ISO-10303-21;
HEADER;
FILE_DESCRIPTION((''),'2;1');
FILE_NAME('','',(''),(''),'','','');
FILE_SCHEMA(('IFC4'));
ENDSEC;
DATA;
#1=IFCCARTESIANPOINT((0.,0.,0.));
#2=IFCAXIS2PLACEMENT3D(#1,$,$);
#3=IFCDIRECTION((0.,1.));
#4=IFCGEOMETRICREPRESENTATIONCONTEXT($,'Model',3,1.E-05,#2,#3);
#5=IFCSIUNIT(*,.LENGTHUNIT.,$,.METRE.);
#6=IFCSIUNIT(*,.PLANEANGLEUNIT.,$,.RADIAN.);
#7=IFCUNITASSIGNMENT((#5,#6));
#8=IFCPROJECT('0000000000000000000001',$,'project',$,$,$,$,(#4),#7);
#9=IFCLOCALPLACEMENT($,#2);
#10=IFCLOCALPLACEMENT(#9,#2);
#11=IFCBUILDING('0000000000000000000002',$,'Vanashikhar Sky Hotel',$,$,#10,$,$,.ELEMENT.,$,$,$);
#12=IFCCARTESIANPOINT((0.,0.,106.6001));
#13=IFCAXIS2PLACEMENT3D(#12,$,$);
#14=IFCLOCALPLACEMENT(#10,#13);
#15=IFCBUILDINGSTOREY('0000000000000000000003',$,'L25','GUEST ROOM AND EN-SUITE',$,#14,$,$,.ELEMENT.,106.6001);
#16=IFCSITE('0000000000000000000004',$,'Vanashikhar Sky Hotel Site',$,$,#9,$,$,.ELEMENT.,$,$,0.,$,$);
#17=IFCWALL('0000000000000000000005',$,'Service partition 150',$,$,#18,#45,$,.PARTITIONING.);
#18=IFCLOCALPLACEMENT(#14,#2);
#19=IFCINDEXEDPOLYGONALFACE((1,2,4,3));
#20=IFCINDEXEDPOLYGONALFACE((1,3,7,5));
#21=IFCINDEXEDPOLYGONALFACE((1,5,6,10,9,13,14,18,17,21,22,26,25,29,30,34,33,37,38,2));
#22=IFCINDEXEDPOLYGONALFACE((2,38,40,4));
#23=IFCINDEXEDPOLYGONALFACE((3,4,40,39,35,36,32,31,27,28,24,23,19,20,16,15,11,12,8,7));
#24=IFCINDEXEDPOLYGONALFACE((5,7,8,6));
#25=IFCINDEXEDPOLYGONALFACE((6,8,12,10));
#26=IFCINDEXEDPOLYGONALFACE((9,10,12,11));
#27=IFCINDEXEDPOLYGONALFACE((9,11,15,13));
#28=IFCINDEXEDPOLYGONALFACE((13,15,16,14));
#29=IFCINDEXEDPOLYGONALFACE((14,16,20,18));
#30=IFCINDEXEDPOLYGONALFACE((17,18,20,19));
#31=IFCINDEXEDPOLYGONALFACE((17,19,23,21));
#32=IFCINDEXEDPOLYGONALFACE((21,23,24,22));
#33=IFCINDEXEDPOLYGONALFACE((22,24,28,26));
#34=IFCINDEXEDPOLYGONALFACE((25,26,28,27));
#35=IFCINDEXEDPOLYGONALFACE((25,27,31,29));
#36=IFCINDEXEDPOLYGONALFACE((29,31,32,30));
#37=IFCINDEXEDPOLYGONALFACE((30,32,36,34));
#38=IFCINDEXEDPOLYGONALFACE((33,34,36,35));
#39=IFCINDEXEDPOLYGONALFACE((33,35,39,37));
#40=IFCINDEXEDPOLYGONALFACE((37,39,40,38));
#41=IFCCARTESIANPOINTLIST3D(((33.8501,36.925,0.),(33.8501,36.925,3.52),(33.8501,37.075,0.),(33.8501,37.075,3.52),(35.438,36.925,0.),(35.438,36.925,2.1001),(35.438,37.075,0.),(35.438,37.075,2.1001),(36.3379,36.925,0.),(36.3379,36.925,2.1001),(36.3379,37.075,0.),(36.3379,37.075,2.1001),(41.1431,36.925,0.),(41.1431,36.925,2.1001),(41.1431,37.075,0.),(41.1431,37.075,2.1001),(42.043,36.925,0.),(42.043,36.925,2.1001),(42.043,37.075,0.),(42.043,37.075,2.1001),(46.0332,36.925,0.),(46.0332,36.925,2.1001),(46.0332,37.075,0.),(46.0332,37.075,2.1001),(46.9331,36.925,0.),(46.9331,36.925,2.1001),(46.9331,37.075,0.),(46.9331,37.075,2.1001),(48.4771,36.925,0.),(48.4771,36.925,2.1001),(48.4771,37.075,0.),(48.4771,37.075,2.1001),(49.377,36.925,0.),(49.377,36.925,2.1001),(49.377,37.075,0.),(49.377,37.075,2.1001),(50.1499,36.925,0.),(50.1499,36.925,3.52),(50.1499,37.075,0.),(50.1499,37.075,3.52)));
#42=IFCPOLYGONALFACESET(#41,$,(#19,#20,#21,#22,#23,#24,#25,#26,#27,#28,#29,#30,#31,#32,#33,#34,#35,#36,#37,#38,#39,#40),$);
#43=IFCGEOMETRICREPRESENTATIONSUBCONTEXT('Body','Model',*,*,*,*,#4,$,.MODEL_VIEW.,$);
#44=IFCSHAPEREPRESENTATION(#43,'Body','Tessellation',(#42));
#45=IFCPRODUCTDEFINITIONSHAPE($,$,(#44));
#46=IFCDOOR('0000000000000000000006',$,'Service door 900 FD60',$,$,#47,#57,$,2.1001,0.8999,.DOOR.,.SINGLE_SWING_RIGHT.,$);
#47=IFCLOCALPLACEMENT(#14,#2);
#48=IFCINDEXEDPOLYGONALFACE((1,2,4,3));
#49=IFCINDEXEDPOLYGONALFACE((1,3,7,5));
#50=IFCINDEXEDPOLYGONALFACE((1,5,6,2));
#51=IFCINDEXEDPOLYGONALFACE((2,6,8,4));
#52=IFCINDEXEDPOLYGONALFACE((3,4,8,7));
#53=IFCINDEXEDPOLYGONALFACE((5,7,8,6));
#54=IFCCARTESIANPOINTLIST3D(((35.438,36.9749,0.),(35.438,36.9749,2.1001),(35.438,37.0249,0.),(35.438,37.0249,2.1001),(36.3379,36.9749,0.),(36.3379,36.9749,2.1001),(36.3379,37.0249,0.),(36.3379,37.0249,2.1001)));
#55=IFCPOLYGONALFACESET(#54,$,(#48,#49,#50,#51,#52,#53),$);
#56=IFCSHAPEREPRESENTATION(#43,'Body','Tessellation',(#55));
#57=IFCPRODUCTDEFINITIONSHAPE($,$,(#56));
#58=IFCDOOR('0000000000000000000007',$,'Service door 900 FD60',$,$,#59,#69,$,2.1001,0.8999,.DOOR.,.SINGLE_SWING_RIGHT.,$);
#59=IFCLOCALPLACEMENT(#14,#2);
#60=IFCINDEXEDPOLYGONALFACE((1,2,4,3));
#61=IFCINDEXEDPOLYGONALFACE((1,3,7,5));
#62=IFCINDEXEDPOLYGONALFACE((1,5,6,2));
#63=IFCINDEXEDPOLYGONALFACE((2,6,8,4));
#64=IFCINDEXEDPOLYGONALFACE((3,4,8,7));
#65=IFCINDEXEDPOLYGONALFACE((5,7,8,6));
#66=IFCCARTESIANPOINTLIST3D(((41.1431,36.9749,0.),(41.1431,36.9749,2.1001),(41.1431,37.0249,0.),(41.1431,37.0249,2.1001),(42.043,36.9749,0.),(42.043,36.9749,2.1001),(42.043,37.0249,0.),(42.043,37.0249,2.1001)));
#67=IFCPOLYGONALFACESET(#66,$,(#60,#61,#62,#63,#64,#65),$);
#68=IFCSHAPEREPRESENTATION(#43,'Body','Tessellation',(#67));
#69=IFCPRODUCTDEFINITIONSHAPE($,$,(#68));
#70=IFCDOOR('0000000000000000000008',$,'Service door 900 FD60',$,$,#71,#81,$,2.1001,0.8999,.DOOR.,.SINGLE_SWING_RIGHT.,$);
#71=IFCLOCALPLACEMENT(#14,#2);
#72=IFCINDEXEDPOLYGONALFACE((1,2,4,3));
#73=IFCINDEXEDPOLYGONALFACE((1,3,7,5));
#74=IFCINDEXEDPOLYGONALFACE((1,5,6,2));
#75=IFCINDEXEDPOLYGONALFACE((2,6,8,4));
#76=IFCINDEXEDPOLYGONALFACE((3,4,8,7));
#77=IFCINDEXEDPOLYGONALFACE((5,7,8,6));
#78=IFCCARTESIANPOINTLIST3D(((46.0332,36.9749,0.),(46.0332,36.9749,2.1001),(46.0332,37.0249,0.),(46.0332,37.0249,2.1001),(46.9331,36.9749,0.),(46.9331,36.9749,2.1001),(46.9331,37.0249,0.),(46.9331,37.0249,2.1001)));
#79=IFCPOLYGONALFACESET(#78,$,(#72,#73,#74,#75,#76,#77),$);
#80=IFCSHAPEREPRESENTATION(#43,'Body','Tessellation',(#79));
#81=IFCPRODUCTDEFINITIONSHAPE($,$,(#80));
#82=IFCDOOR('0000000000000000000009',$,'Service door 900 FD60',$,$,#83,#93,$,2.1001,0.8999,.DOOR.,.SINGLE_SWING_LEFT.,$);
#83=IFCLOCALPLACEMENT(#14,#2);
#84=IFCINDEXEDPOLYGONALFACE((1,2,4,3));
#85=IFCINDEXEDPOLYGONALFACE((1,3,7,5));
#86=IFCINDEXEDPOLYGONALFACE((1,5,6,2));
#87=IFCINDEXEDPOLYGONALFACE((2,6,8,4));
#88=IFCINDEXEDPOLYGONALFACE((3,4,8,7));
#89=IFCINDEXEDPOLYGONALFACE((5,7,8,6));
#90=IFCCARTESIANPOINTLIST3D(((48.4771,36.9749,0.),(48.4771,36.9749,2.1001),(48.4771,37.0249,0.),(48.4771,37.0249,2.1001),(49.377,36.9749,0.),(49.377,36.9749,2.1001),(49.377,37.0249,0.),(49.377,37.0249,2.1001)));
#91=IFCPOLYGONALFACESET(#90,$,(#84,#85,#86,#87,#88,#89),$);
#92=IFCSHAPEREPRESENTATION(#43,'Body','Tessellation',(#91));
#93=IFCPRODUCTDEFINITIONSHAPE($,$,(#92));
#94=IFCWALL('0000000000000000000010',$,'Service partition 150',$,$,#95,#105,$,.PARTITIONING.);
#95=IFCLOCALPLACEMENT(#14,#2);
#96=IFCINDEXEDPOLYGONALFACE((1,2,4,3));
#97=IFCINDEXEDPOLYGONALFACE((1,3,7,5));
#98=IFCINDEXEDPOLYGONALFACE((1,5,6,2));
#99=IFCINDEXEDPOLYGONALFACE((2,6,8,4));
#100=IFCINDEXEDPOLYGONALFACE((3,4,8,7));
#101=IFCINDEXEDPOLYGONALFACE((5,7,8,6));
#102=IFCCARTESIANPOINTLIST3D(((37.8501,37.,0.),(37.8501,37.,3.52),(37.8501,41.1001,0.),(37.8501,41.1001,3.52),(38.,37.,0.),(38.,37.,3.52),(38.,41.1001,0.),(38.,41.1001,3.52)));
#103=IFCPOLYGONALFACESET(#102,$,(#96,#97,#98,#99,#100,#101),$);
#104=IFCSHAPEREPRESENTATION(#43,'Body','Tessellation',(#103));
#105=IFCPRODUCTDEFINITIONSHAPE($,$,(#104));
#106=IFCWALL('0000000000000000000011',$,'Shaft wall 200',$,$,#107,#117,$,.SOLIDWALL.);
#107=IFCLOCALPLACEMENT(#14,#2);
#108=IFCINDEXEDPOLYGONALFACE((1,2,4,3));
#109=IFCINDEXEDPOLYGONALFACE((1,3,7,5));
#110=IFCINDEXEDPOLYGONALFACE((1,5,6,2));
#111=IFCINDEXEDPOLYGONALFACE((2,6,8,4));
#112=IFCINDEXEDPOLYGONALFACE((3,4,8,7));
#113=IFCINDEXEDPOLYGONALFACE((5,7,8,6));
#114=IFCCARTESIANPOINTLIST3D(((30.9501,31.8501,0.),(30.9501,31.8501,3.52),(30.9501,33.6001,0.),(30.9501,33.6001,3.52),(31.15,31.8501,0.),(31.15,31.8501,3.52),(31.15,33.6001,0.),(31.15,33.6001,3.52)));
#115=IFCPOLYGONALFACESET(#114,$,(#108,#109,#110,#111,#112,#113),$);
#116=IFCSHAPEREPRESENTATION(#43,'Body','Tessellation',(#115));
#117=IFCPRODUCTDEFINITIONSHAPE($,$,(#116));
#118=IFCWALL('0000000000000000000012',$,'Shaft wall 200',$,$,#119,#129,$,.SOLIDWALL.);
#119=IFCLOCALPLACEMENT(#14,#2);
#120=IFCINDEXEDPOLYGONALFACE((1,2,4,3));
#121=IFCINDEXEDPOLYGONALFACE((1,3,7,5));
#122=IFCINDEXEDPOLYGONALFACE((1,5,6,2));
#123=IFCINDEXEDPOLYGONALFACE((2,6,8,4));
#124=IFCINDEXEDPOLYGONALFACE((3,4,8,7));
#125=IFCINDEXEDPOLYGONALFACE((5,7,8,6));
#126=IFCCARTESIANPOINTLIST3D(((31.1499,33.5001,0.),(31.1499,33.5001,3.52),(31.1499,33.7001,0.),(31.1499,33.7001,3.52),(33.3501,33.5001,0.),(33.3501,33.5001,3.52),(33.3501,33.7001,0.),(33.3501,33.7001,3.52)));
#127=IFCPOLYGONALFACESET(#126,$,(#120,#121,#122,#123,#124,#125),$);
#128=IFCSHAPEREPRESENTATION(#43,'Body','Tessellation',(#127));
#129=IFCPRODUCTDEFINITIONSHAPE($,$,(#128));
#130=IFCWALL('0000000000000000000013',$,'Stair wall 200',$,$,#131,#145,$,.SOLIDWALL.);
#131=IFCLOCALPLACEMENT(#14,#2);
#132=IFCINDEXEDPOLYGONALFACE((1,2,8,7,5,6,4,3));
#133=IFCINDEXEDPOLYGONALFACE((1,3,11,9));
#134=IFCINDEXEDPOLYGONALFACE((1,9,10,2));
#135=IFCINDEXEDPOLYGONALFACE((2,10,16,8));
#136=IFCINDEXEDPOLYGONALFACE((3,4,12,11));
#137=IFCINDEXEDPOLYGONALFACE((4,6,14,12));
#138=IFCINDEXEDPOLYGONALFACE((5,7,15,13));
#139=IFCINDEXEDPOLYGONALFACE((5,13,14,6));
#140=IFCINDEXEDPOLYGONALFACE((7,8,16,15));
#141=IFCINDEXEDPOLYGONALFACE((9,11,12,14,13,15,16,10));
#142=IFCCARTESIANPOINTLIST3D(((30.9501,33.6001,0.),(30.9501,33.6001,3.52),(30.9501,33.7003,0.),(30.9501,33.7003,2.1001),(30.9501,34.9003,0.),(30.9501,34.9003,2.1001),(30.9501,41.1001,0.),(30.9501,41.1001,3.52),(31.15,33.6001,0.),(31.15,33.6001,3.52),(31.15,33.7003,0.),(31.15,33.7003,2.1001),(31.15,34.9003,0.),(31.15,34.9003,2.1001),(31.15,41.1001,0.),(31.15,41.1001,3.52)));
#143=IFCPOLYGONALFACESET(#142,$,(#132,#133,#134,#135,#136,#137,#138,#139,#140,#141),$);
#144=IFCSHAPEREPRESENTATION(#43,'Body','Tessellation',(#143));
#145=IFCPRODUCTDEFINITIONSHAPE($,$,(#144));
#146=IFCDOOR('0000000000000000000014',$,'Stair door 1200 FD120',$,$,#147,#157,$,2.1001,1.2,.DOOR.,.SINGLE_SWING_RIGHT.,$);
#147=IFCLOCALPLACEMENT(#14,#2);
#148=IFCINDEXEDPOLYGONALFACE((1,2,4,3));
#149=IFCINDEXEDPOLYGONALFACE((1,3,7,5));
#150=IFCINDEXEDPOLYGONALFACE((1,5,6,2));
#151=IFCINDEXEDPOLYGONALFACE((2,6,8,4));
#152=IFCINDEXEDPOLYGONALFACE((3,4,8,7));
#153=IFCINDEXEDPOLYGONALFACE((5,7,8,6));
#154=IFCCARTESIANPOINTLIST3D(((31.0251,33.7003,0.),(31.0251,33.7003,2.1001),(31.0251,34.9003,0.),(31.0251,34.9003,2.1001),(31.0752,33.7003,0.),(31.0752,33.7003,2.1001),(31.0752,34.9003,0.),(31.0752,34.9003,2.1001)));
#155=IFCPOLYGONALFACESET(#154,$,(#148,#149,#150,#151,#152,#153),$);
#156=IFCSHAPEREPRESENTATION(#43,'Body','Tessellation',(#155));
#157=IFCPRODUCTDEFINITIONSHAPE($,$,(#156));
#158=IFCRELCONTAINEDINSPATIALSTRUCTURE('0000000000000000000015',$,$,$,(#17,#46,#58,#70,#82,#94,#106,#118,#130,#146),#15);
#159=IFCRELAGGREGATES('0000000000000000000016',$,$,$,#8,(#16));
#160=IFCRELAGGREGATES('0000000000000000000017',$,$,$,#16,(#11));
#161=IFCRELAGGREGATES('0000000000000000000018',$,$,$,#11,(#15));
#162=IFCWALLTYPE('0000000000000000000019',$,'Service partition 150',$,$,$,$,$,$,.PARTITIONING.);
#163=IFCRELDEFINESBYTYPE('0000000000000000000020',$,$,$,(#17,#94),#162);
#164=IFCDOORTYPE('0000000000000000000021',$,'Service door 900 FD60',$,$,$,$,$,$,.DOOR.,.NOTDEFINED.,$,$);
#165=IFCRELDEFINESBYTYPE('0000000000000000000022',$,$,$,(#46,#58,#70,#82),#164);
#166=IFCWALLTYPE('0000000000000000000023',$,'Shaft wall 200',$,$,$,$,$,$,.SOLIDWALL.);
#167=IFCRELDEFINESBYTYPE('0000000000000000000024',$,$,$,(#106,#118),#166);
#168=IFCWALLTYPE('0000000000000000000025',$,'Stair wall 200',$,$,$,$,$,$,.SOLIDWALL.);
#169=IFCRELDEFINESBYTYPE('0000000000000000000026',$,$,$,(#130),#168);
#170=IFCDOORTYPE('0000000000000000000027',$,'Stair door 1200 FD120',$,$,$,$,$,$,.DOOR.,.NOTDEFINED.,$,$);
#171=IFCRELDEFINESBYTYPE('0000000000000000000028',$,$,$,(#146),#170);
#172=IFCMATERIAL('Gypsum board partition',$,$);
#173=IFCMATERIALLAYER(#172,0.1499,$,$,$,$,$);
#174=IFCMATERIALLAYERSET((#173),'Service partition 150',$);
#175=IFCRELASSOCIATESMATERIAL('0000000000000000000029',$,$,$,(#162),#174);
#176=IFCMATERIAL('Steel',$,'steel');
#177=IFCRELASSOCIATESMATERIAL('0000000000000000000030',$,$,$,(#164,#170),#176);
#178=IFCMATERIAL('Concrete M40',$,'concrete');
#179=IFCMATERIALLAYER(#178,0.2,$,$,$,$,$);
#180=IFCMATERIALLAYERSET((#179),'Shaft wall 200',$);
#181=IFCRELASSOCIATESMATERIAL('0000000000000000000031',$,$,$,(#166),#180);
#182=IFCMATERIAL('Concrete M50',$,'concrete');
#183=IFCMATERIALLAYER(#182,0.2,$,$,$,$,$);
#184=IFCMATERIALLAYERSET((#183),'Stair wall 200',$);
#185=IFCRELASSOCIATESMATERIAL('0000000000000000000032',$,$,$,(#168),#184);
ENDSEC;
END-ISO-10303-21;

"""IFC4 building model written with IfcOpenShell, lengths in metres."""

from ifc_helpers import new_model, si_unit, direction, frame, frame_2d, origin, place, context, subcontext, project, spatial, rectangle, extrude, source, transform, mapped, material, layer, layer_set, type_object, element, fill, save


model = new_model("IFC4")

# Units and contexts
model_context = context("Model", 3, precision=1e-05, world=origin(), true_north=direction((0.0, 1.0)))
body_context = subcontext(model_context, "Body", "Model", "MODEL_VIEW")
ifc_project = project(units=[si_unit("LENGTHUNIT", "METRE"), si_unit("PLANEANGLEUNIT", "RADIAN")], contexts=[model_context])

# Site, building, storey
site_placement = place(None, origin())
site = spatial("IfcSite", under=ifc_project, at=site_placement, Name="Vanashikhar Sky Hotel Site", CompositionType="ELEMENT", RefElevation=0.0)
building_placement = place(site_placement, origin())
building = spatial("IfcBuilding", under=site, at=building_placement, Name="Vanashikhar Sky Hotel", CompositionType="ELEMENT")
storey_placement = place(building_placement, frame((0.0, 0.0, 106.6001)))
storey = spatial("IfcBuildingStorey", under=building, at=storey_placement, Name="L25", Description="GUEST ROOM AND EN-SUITE", CompositionType="ELEMENT", Elevation=106.6001)

# Shared definitions
ifc_material_1 = material(Name="Steel", Category="steel")

# Shared definitions
ifc_material_2 = material(Name="Gypsum board partition")
ifc_layer_1 = layer(ifc_material_2, 0.1499)
ifc_layer_set_1 = layer_set([ifc_layer_1], Name="Service partition 150")
wall_type_1 = type_object("IfcWallType", Name="Service partition 150", PredefinedType="PARTITIONING", material=ifc_layer_set_1)

# Wall, openings, doors
shared_shape_1 = source(origin(), body_context, "Body", "SweptSolid", [
    extrude(rectangle(XDim=0.8999, YDim=2.1001, at=frame_2d((0.45, 1.05))), frame((0.0, 0.085, 0.0), z_axis=(0.0, -1.0, 0.0), x_axis=(1.0, 0.0, 0.0)), (0.0, 0.0, 1.0), 0.1699),
])
door_type_1 = type_object("IfcDoorType", Name="Service door 900 FD60", OperationType="NOTDEFINED", PredefinedType="DOOR", material=ifc_material_1)
shared_shape_2 = source(origin(), body_context, "Body", "SweptSolid", [
    extrude(rectangle(XDim=0.8999, YDim=2.1001, at=frame_2d((0.45, 1.05))), frame((0.0, 0.0249, 0.0), z_axis=(0.0, -1.0, 0.0), x_axis=(1.0, 0.0, 0.0)), (0.0, 0.0, 1.0), 0.05),
])
shared_shape_3 = source(origin(), body_context, "Body", "SweptSolid", [
    extrude(rectangle(XDim=16.2998, YDim=0.1499, at=frame_2d((8.1499, 0.0))), origin(), (0.0, 0.0, 1.0), 3.52),
])
wall_1_placement = place(storey_placement, frame((33.8501, 37.0, 0.0), z_axis=(0.0, 0.0, 1.0), x_axis=(1.0, 0.0, 0.0)))
wall_1 = element("IfcWall", 1, at=wall_1_placement, inside=storey, type_object=wall_type_1, Name="Service partition 150", PredefinedType="PARTITIONING", context=body_context, shape_type="MappedRepresentation", body=[
    mapped(shared_shape_3, transform((0.0, 0.0, 0.0), scale=1.0)),
])
opening_1_placement = place(wall_1_placement, frame((1.5879, 0.0, 0.0)))
opening_1 = element("IfcOpeningElement", 2, at=opening_1_placement, cuts=wall_1, PredefinedType="OPENING", context=body_context, shape_type="MappedRepresentation", body=[
    mapped(shared_shape_1, transform((0.0, 0.0, 0.0), scale=1.0)),
])
opening_2_placement = place(wall_1_placement, frame((7.293, 0.0, 0.0)))
opening_2 = element("IfcOpeningElement", 3, at=opening_2_placement, cuts=wall_1, PredefinedType="OPENING", context=body_context, shape_type="MappedRepresentation", body=[
    mapped(shared_shape_1, transform((0.0, 0.0, 0.0), scale=1.0)),
])
opening_3_placement = place(wall_1_placement, frame((12.1831, 0.0, 0.0)))
opening_3 = element("IfcOpeningElement", 4, at=opening_3_placement, cuts=wall_1, PredefinedType="OPENING", context=body_context, shape_type="MappedRepresentation", body=[
    mapped(shared_shape_1, transform((0.0, 0.0, 0.0), scale=1.0)),
])
opening_4_placement = place(wall_1_placement, frame((14.627, 0.0, 0.0)))
opening_4 = element("IfcOpeningElement", 5, at=opening_4_placement, cuts=wall_1, PredefinedType="OPENING", context=body_context, shape_type="MappedRepresentation", body=[
    mapped(shared_shape_1, transform((0.0, 0.0, 0.0), scale=1.0)),
])
door_1_placement = place(opening_1_placement, origin())
door_1 = element("IfcDoor", 6, at=door_1_placement, inside=storey, type_object=door_type_1, Name="Service door 900 FD60", OperationType="SINGLE_SWING_RIGHT", OverallHeight=2.1001, OverallWidth=0.8999, PredefinedType="DOOR", context=body_context, shape_type="MappedRepresentation", body=[
    mapped(shared_shape_2, transform((0.0, 0.0, 0.0), scale=1.0)),
])
fill(opening_1, door_1)
door_2_placement = place(opening_2_placement, origin())
door_2 = element("IfcDoor", 7, at=door_2_placement, inside=storey, type_object=door_type_1, Name="Service door 900 FD60", OperationType="SINGLE_SWING_RIGHT", OverallHeight=2.1001, OverallWidth=0.8999, PredefinedType="DOOR", context=body_context, shape_type="MappedRepresentation", body=[
    mapped(shared_shape_2, transform((0.0, 0.0, 0.0), scale=1.0)),
])
fill(opening_2, door_2)
door_3_placement = place(opening_3_placement, origin())
door_3 = element("IfcDoor", 8, at=door_3_placement, inside=storey, type_object=door_type_1, Name="Service door 900 FD60", OperationType="SINGLE_SWING_RIGHT", OverallHeight=2.1001, OverallWidth=0.8999, PredefinedType="DOOR", context=body_context, shape_type="MappedRepresentation", body=[
    mapped(shared_shape_2, transform((0.0, 0.0, 0.0), scale=1.0)),
])
fill(opening_3, door_3)
door_4_placement = place(opening_4_placement, origin())
door_4 = element("IfcDoor", 9, at=door_4_placement, inside=storey, type_object=door_type_1, Name="Service door 900 FD60", OperationType="SINGLE_SWING_LEFT", OverallHeight=2.1001, OverallWidth=0.8999, PredefinedType="DOOR", context=body_context, shape_type="MappedRepresentation", body=[
    mapped(shared_shape_2, transform((0.0, 0.0, 0.0), scale=1.0)),
])
fill(opening_4, door_4)

# Walls
shared_shape_4 = source(origin(), body_context, "Body", "SweptSolid", [
    extrude(rectangle(XDim=4.1001, YDim=0.1499, at=frame_2d((2.05, 0.0))), origin(), (0.0, 0.0, 1.0), 3.52),
])
wall_2_placement = place(storey_placement, frame((37.925, 37.0, 0.0), z_axis=(0.0, 0.0, 1.0), x_axis=(0.0, 1.0, 0.0)))
element("IfcWall", 10, at=wall_2_placement, inside=storey, type_object=wall_type_1, Name="Service partition 150", PredefinedType="PARTITIONING", context=body_context, shape_type="MappedRepresentation", body=[
    mapped(shared_shape_4, transform((0.0, 0.0, 0.0), scale=1.0)),
])
ifc_material_3 = material(Name="Concrete M40", Category="concrete")
ifc_layer_2 = layer(ifc_material_3, 0.2)
ifc_layer_set_2 = layer_set([ifc_layer_2], Name="Shaft wall 200")
wall_type_2 = type_object("IfcWallType", Name="Shaft wall 200", PredefinedType="SOLIDWALL", material=ifc_layer_set_2)
shared_shape_5 = source(origin(), body_context, "Body", "SweptSolid", [
    extrude(rectangle(XDim=1.75, YDim=0.2, at=frame_2d((0.875, 0.0))), origin(), (0.0, 0.0, 1.0), 3.52),
])
wall_3_placement = place(storey_placement, frame((31.05, 31.8501, 0.0), z_axis=(0.0, 0.0, 1.0), x_axis=(0.0, 1.0, 0.0)))
element("IfcWall", 11, at=wall_3_placement, inside=storey, type_object=wall_type_2, Name="Shaft wall 200", PredefinedType="SOLIDWALL", context=body_context, shape_type="MappedRepresentation", body=[
    mapped(shared_shape_5, transform((0.0, 0.0, 0.0), scale=1.0)),
])
shared_shape_6 = source(origin(), body_context, "Body", "SweptSolid", [
    extrude(rectangle(XDim=2.2002, YDim=0.2, at=frame_2d((1.1001, 0.0))), origin(), (0.0, 0.0, 1.0), 3.52),
])
wall_4_placement = place(storey_placement, frame((31.1499, 33.6001, 0.0), z_axis=(0.0, 0.0, 1.0), x_axis=(1.0, 0.0, 0.0)))
element("IfcWall", 12, at=wall_4_placement, inside=storey, type_object=wall_type_2, Name="Shaft wall 200", PredefinedType="SOLIDWALL", context=body_context, shape_type="MappedRepresentation", body=[
    mapped(shared_shape_6, transform((0.0, 0.0, 0.0), scale=1.0)),
])

# Wall, opening, door
ifc_material_4 = material(Name="Concrete M50", Category="concrete")
ifc_layer_3 = layer(ifc_material_4, 0.2)
ifc_layer_set_3 = layer_set([ifc_layer_3], Name="Stair wall 200")
wall_type_3 = type_object("IfcWallType", Name="Stair wall 200", PredefinedType="SOLIDWALL", material=ifc_layer_set_3)
shared_shape_7 = source(origin(), body_context, "Body", "SweptSolid", [
    extrude(rectangle(XDim=7.5, YDim=0.2, at=frame_2d((3.75, 0.0))), origin(), (0.0, 0.0, 1.0), 3.52),
])
wall_5_placement = place(storey_placement, frame((31.05, 33.6001, 0.0), z_axis=(0.0, 0.0, 1.0), x_axis=(0.0, 1.0, 0.0)))
wall_5 = element("IfcWall", 13, at=wall_5_placement, inside=storey, type_object=wall_type_3, Name="Stair wall 200", PredefinedType="SOLIDWALL", context=body_context, shape_type="MappedRepresentation", body=[
    mapped(shared_shape_7, transform((0.0, 0.0, 0.0), scale=1.0)),
])
shared_shape_8 = source(origin(), body_context, "Body", "SweptSolid", [
    extrude(rectangle(XDim=1.2, YDim=2.1001, at=frame_2d((0.6001, 1.05))), frame((0.0, 0.1099, 0.0), z_axis=(0.0, -1.0, 0.0), x_axis=(1.0, 0.0, 0.0)), (0.0, 0.0, 1.0), 0.22),
])
opening_5_placement = place(wall_5_placement, frame((0.1001, 0.0, 0.0)))
opening_5 = element("IfcOpeningElement", 14, at=opening_5_placement, cuts=wall_5, PredefinedType="OPENING", context=body_context, shape_type="MappedRepresentation", body=[
    mapped(shared_shape_8, transform((0.0, 0.0, 0.0), scale=1.0)),
])
door_type_2 = type_object("IfcDoorType", Name="Stair door 1200 FD120", OperationType="NOTDEFINED", PredefinedType="DOOR", material=ifc_material_1)
shared_shape_9 = source(origin(), body_context, "Body", "SweptSolid", [
    extrude(rectangle(XDim=1.2, YDim=2.1001, at=frame_2d((0.6001, 1.05))), frame((0.0, 0.0249, 0.0), z_axis=(0.0, -1.0, 0.0), x_axis=(1.0, 0.0, 0.0)), (0.0, 0.0, 1.0), 0.05),
])
door_5_placement = place(opening_5_placement, origin())
door_5 = element("IfcDoor", 15, at=door_5_placement, inside=storey, type_object=door_type_2, Name="Stair door 1200 FD120", OperationType="SINGLE_SWING_RIGHT", OverallHeight=2.1001, OverallWidth=1.2, PredefinedType="DOOR", context=body_context, shape_type="MappedRepresentation", body=[
    mapped(shared_shape_9, transform((0.0, 0.0, 0.0), scale=1.0)),
])
fill(opening_5, door_5)

save(model, "model.ifc")
